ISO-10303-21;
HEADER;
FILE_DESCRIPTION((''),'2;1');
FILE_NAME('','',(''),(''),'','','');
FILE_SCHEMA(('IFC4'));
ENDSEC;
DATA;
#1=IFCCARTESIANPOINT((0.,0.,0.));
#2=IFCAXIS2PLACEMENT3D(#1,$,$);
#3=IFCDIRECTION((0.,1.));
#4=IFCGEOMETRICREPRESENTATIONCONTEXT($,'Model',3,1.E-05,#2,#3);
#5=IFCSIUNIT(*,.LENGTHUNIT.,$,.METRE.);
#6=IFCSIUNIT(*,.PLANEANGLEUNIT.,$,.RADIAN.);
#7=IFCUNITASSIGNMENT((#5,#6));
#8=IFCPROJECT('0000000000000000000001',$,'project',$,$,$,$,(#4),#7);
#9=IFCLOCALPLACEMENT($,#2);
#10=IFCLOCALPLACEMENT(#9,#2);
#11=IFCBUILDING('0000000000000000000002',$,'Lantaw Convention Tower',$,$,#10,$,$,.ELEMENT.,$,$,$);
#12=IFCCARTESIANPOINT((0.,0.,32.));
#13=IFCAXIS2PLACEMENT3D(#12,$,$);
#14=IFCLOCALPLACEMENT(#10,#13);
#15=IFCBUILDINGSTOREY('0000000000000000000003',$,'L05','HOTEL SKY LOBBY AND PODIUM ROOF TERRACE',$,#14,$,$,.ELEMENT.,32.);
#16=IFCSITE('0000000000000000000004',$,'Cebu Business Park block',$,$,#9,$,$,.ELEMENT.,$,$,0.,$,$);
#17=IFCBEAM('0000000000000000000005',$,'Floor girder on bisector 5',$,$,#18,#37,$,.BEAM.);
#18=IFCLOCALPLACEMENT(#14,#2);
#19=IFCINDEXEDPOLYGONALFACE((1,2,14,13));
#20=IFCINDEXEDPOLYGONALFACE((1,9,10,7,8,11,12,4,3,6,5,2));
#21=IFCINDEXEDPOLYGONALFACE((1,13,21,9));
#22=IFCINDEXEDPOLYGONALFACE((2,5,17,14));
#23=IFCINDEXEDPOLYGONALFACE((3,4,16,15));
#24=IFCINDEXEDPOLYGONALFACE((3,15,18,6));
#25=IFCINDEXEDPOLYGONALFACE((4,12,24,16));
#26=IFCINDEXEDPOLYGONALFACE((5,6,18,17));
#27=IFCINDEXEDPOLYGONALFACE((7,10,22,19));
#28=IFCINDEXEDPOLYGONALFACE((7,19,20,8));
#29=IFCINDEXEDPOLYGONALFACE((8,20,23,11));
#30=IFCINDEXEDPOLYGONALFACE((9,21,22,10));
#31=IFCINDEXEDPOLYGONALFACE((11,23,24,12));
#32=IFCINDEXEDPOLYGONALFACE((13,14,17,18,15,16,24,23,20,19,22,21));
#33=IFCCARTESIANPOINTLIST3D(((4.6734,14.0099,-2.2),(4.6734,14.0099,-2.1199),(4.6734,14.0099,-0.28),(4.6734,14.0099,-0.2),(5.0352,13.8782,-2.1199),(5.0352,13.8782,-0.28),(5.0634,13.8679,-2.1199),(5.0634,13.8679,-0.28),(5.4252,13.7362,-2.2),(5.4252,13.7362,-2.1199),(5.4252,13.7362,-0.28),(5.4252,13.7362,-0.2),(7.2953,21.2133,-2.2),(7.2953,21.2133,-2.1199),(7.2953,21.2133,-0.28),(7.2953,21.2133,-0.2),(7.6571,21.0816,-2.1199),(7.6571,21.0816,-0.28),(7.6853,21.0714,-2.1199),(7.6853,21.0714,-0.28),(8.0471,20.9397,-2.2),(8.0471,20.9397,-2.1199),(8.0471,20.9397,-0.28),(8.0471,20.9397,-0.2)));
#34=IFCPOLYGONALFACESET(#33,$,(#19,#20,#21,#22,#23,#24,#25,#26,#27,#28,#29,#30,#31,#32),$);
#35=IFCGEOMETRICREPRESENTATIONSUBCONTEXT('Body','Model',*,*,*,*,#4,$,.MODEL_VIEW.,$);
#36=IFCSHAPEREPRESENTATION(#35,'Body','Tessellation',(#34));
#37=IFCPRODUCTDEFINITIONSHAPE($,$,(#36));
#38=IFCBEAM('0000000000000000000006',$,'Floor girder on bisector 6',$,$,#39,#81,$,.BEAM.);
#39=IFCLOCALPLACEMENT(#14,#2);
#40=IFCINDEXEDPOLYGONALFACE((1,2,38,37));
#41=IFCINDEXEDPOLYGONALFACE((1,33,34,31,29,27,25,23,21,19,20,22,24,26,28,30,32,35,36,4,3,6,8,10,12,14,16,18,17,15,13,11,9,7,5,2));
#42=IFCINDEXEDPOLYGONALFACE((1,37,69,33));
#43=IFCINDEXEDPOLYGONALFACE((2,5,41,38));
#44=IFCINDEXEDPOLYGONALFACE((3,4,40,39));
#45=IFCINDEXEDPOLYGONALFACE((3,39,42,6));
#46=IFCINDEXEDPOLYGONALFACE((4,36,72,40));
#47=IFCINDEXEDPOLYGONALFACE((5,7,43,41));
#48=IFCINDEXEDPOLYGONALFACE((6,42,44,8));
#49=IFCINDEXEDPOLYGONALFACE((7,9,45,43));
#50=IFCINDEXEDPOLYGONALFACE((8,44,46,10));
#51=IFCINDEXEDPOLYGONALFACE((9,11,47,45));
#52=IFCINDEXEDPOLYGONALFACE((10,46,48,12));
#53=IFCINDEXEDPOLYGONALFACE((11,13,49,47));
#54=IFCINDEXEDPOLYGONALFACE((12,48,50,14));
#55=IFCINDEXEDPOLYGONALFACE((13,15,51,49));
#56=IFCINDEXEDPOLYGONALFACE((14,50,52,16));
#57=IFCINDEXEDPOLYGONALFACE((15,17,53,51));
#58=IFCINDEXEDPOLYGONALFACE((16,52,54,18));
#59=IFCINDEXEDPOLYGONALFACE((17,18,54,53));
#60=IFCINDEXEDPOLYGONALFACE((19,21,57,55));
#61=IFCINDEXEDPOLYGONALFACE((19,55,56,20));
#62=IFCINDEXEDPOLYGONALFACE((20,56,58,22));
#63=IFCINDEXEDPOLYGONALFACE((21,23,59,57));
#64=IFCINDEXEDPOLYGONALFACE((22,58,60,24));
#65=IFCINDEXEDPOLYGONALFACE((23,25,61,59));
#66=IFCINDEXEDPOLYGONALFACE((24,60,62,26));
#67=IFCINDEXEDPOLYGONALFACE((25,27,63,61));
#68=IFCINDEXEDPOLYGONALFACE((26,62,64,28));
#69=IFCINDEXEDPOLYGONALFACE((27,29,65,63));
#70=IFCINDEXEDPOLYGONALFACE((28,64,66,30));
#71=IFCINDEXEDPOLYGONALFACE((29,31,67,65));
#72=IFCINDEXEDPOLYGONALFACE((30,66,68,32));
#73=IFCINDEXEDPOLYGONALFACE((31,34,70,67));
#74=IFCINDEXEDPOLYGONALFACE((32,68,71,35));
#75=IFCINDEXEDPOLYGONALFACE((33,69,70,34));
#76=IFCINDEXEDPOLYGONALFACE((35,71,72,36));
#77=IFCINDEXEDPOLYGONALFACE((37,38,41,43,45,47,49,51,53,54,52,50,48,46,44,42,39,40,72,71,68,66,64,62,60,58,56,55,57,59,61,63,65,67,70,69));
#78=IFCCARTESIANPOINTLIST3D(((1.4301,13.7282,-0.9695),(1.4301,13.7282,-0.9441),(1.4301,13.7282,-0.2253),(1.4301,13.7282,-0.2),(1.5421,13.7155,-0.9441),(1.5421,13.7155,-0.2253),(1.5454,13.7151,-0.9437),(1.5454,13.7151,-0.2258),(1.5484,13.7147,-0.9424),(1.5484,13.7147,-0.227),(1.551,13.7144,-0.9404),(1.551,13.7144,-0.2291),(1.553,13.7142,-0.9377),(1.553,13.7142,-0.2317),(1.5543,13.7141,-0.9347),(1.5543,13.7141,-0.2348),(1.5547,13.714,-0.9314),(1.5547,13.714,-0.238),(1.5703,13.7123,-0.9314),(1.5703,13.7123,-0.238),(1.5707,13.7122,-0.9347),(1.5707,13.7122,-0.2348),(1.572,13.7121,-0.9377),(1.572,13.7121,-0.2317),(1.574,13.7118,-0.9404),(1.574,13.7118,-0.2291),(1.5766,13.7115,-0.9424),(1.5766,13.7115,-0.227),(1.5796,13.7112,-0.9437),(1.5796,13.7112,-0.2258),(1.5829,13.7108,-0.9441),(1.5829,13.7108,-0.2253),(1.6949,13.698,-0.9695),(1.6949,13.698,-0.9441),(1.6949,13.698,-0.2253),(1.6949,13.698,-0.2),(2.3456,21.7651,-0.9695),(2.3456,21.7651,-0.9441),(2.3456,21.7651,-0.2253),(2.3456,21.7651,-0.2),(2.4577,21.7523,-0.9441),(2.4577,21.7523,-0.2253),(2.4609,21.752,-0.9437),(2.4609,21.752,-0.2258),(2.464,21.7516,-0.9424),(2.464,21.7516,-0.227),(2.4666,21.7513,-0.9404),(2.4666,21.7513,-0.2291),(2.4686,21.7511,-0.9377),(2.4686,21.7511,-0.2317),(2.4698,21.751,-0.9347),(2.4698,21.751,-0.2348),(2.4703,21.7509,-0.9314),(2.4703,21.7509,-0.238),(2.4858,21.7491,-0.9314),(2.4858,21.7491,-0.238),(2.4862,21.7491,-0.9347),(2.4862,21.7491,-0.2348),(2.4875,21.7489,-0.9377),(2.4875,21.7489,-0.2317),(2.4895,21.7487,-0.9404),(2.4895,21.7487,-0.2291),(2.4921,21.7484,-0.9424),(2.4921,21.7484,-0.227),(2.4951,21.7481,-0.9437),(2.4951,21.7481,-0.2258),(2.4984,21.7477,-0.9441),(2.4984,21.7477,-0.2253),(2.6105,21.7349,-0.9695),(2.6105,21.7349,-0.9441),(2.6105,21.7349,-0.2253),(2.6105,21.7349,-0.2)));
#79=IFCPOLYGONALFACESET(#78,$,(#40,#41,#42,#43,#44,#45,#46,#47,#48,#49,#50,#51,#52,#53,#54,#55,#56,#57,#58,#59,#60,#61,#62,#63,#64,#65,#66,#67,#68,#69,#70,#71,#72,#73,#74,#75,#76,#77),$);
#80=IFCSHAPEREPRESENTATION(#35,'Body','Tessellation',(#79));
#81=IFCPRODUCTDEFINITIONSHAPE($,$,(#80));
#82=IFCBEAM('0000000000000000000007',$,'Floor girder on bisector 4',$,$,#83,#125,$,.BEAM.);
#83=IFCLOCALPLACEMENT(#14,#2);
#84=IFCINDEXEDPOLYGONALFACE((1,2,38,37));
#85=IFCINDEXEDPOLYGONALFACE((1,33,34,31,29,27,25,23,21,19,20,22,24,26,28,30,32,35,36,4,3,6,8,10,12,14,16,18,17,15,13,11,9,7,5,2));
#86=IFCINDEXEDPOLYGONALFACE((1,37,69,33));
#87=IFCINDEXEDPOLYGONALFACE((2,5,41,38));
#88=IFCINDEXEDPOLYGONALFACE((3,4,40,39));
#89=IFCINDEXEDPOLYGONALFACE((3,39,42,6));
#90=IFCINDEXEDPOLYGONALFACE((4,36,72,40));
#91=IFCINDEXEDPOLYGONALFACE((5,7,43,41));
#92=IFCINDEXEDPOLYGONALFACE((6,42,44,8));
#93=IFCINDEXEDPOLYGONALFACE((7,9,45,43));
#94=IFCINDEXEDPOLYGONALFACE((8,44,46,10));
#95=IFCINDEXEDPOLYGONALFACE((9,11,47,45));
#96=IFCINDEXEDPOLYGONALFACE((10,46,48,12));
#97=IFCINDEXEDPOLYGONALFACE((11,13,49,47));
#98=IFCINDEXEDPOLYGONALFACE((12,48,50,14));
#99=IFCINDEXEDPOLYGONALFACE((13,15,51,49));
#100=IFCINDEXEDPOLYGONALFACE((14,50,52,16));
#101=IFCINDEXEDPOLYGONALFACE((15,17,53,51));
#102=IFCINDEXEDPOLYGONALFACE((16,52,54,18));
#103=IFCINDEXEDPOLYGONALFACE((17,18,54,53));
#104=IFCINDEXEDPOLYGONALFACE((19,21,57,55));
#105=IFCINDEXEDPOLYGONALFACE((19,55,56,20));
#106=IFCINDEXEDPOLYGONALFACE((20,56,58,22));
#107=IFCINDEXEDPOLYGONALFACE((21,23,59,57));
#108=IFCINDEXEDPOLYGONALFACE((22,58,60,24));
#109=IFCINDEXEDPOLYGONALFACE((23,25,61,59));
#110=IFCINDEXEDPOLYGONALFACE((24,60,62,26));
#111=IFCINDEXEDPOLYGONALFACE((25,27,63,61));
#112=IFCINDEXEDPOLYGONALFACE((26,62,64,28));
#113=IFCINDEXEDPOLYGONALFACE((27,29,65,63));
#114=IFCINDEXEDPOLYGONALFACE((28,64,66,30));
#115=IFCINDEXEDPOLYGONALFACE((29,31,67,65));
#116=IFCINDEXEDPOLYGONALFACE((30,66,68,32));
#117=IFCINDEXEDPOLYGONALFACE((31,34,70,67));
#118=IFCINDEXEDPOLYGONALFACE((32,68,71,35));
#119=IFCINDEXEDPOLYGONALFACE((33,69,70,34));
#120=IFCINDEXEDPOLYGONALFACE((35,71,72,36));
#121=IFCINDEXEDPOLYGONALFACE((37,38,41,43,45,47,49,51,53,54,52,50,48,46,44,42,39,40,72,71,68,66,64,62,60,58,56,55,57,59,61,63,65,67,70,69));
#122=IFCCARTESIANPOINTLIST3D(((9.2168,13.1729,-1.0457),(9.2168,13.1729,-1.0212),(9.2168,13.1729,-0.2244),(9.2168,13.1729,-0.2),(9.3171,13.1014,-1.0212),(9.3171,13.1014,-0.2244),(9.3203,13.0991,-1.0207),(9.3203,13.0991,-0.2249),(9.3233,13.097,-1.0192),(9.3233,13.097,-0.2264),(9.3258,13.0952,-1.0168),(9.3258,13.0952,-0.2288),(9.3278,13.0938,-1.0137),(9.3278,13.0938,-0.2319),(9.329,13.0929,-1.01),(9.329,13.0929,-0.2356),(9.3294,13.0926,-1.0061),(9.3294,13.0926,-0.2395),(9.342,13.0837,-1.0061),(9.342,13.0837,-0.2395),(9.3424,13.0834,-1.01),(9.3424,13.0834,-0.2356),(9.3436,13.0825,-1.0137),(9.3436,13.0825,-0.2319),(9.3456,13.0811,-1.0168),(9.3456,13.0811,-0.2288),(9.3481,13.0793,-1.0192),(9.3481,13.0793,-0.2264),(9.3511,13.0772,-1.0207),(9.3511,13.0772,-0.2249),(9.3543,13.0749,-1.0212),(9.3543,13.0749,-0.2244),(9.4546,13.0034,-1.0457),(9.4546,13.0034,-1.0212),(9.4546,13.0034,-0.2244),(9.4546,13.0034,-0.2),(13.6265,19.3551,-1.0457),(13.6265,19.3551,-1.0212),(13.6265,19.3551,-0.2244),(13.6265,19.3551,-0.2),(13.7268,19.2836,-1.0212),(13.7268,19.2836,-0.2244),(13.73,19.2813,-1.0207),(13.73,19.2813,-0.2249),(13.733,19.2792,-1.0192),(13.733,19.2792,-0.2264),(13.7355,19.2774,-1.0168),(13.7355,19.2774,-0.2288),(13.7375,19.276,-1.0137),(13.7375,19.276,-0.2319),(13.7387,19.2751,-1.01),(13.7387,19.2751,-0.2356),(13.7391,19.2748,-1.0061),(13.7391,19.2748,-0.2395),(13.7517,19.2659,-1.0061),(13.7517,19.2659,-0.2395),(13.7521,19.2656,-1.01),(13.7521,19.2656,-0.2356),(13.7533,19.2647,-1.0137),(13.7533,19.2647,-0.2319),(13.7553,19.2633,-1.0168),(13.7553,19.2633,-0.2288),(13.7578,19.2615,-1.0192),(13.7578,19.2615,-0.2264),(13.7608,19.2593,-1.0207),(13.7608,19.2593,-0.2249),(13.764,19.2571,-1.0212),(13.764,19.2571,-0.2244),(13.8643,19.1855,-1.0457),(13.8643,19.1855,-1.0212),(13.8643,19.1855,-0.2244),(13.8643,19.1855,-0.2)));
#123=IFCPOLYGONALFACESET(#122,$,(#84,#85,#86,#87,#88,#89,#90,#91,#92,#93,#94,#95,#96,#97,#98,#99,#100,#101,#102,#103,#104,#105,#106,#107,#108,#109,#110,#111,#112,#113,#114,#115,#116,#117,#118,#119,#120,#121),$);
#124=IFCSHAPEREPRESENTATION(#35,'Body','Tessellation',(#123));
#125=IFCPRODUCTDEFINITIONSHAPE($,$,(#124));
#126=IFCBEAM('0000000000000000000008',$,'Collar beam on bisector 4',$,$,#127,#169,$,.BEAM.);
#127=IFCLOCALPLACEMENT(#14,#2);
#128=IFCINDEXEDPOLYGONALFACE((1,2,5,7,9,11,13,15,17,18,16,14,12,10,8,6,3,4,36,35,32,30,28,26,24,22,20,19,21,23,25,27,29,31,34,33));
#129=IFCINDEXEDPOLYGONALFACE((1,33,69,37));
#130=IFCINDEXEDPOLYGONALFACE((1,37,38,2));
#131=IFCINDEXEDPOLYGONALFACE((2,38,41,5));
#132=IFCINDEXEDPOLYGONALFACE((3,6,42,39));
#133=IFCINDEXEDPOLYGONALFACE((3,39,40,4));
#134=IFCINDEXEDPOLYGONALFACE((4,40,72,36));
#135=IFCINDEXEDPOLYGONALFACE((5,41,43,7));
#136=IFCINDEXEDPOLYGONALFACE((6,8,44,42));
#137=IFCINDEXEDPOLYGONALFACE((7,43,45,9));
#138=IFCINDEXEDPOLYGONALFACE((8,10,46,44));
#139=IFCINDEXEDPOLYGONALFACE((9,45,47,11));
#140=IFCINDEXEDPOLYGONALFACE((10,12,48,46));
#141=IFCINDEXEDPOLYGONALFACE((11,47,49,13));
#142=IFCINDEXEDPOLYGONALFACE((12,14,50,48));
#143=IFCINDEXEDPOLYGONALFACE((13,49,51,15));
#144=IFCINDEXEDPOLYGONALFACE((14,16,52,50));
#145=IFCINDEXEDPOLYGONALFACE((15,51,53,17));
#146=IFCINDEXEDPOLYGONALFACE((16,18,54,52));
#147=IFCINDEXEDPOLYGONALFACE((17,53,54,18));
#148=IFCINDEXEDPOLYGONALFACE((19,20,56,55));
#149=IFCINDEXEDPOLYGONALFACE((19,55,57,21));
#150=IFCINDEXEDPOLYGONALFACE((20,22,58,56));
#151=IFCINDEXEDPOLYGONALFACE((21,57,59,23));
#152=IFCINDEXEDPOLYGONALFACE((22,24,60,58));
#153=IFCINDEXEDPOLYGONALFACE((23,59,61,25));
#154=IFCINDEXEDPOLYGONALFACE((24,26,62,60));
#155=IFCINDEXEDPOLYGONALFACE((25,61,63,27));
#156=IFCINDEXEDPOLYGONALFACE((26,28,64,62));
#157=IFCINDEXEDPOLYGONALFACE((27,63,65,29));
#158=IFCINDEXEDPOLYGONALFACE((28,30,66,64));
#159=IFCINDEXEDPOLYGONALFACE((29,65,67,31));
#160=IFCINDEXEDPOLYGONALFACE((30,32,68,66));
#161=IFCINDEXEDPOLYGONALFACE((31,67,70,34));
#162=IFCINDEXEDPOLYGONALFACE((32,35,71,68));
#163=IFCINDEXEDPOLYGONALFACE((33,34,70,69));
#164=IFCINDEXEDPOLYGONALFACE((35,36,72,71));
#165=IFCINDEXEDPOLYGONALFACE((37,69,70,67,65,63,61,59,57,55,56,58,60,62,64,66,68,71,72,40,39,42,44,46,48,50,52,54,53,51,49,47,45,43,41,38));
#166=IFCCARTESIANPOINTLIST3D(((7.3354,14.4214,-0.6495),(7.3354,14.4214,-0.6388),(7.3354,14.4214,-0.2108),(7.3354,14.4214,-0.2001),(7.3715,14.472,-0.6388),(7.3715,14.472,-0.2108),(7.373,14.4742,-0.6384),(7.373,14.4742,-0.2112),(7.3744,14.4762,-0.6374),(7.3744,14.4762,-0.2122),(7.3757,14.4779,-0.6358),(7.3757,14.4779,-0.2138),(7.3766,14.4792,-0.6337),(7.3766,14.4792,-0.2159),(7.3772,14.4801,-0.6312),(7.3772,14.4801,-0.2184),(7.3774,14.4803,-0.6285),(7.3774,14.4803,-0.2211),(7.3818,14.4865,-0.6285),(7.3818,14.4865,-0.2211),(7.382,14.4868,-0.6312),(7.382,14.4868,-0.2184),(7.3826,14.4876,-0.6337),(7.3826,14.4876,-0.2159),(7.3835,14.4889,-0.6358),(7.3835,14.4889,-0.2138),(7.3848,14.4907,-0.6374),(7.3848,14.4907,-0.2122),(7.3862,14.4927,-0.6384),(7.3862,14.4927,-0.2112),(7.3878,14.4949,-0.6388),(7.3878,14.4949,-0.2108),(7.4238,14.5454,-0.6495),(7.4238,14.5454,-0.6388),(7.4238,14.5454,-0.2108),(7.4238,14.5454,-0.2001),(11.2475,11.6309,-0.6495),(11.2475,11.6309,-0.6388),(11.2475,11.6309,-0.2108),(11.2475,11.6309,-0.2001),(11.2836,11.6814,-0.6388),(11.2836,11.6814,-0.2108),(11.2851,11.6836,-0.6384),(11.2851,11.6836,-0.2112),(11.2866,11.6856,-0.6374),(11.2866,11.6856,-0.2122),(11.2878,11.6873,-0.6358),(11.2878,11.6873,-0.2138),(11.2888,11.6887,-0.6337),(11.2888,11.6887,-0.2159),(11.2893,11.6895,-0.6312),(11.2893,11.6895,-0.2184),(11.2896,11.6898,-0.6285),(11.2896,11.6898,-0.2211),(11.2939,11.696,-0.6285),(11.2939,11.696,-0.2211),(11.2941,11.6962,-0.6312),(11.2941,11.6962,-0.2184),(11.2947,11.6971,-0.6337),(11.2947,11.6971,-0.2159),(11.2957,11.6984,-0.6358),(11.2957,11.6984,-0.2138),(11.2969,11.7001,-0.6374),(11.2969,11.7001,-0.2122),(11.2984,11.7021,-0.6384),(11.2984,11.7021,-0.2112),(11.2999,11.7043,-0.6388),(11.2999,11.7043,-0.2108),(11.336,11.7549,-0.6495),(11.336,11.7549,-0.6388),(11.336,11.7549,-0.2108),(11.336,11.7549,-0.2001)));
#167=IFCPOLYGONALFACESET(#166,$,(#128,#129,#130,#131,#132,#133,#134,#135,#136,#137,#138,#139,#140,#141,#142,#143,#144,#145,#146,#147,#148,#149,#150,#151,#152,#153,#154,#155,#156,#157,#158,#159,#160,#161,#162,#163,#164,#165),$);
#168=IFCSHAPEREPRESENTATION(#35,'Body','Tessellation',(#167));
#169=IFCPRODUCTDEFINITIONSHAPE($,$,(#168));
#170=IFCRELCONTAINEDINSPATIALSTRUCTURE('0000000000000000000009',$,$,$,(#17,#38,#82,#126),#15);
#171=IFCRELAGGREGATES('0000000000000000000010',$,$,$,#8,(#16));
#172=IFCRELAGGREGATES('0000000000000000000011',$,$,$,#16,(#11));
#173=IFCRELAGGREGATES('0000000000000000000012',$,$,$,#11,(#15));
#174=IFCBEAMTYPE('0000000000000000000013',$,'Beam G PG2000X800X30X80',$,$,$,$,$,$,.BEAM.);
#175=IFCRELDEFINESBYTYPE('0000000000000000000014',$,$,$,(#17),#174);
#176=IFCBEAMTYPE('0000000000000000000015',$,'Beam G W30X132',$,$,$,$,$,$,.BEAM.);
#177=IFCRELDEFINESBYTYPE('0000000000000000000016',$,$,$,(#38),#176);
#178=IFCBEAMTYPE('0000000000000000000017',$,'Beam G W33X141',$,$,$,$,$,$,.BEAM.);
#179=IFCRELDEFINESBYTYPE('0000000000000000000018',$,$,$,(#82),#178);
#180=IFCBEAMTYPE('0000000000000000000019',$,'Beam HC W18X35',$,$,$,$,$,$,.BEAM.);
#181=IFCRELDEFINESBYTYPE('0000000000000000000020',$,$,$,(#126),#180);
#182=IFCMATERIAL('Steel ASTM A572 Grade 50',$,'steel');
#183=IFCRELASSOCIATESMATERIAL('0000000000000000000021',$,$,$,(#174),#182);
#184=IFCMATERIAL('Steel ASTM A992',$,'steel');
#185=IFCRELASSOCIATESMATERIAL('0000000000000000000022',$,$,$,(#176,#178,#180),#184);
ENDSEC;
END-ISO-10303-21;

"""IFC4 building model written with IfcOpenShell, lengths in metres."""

from ifc_helpers import new_model, si_unit, direction, frame, origin, origin_2d, place, context, subcontext, project, spatial, i_section, extrude, material, material_profile, profile_set, type_object, element, save


model = new_model("IFC4")

# Units and contexts
model_context = context("Model", 3, precision=1e-05, world=origin(), true_north=direction((0.0, 1.0)))
body_context = subcontext(model_context, "Body", "Model", "MODEL_VIEW")
ifc_project = project(units=[si_unit("LENGTHUNIT", "METRE"), si_unit("PLANEANGLEUNIT", "RADIAN")], contexts=[model_context])

# Site, building, storey
site_placement = place(None, origin())
site = spatial("IfcSite", under=ifc_project, at=site_placement, Name="Cebu Business Park block", CompositionType="ELEMENT", RefElevation=0.0)
building_placement = place(site_placement, origin())
building = spatial("IfcBuilding", under=site, at=building_placement, Name="Lantaw Convention Tower", CompositionType="ELEMENT")
storey_placement = place(building_placement, frame((0.0, 0.0, 32.0)))
storey = spatial("IfcBuildingStorey", under=building, at=storey_placement, Name="L05", Description="HOTEL SKY LOBBY AND PODIUM ROOF TERRACE", CompositionType="ELEMENT", Elevation=32.0)

# Beams
ifc_material_1 = material(Name="Steel ASTM A992", Category="steel")
ifc_material_2 = material(Name="Steel ASTM A572 Grade 50", Category="steel")
ifc_material_profile_1 = material_profile(ifc_material_2, i_section(OverallWidth=0.8, OverallDepth=2.0, WebThickness=0.03, FlangeThickness=0.0801, at=origin_2d()), Name="PG2000X800X30X80")
ifc_profile_set_1 = profile_set([ifc_material_profile_1], Name="Steel ASTM A572 Grade 50")
beam_type_1 = type_object("IfcBeamType", Name="Beam G PG2000X800X30X80", PredefinedType="BEAM", material=ifc_profile_set_1)
beam_1_placement = place(storey_placement, frame((5.0493, 13.873, -1.2), z_axis=(0.342022, 0.939692, 0.0), x_axis=(-0.939692, 0.342022, 0.0)))
element("IfcBeam", 1, at=beam_1_placement, inside=storey, type_object=beam_type_1, Name="Floor girder on bisector 5", PredefinedType="BEAM", context=body_context, shape_type="SweptSolid", body=[
    extrude(i_section(OverallWidth=0.8, OverallDepth=2.0, WebThickness=0.03, FlangeThickness=0.0801, at=origin_2d()), origin(), (0.0, 0.0, 1.0), 7.6658),
])
ifc_material_profile_2 = material_profile(ifc_material_1, i_section(OverallWidth=0.2666, OverallDepth=0.7695, WebThickness=0.0156, FlangeThickness=0.0254, FilletRadius=0.0127, at=origin_2d()), Name="W30X132")
ifc_profile_set_2 = profile_set([ifc_material_profile_2], Name="Steel ASTM A992")
beam_type_2 = type_object("IfcBeamType", Name="Beam G W30X132", PredefinedType="BEAM", material=ifc_profile_set_2)
beam_2_placement = place(storey_placement, frame((1.5625, 13.7131, -0.5847), z_axis=(0.113184, 0.993574, 0.0), x_axis=(-0.993574, 0.113184, 0.0)))
element("IfcBeam", 2, at=beam_2_placement, inside=storey, type_object=beam_type_2, Name="Floor girder on bisector 6", PredefinedType="BEAM", context=body_context, shape_type="SweptSolid", body=[
    extrude(i_section(OverallWidth=0.2666, OverallDepth=0.7695, WebThickness=0.0156, FlangeThickness=0.0254, FilletRadius=0.0127, at=origin_2d()), origin(), (0.0, 0.0, 1.0), 8.0889),
])
ifc_material_profile_3 = material_profile(ifc_material_1, i_section(OverallWidth=0.292, OverallDepth=0.8457, WebThickness=0.0154, FlangeThickness=0.0244, FilletRadius=0.0151, at=origin_2d()), Name="W33X141")
ifc_profile_set_3 = profile_set([ifc_material_profile_3], Name="Steel ASTM A992")
beam_type_3 = type_object("IfcBeamType", Name="Beam G W33X141", PredefinedType="BEAM", material=ifc_profile_set_3)
beam_3_placement = place(storey_placement, frame((9.3357, 13.0881, -0.6228), z_axis=(0.580703, 0.814116, 0.0), x_axis=(-0.814116, 0.580703, 0.0)))
element("IfcBeam", 3, at=beam_3_placement, inside=storey, type_object=beam_type_3, Name="Floor girder on bisector 4", PredefinedType="BEAM", context=body_context, shape_type="SweptSolid", body=[
    extrude(i_section(OverallWidth=0.292, OverallDepth=0.8457, WebThickness=0.0154, FlangeThickness=0.0244, FilletRadius=0.0151, at=origin_2d()), origin(), (0.0, 0.0, 1.0), 7.5938),
])
ifc_material_profile_4 = material_profile(ifc_material_1, i_section(OverallWidth=0.1523, OverallDepth=0.4495, WebThickness=0.0076, FlangeThickness=0.0107, FilletRadius=0.0103, at=origin_2d()), Name="W18X35")
ifc_profile_set_4 = profile_set([ifc_material_profile_4], Name="Steel ASTM A992")
beam_type_4 = type_object("IfcBeamType", Name="Beam HC W18X35", PredefinedType="BEAM", material=ifc_profile_set_4)
beam_4_placement = place(storey_placement, frame((11.2917, 11.6929, -0.4248), z_axis=(-0.814111, 0.580709, 0.0), x_axis=(-0.580709, -0.814111, 0.0)))
element("IfcBeam", 4, at=beam_4_placement, inside=storey, type_object=beam_type_4, Name="Collar beam on bisector 4", PredefinedType="BEAM", context=body_context, shape_type="SweptSolid", body=[
    extrude(i_section(OverallWidth=0.1523, OverallDepth=0.4495, WebThickness=0.0076, FlangeThickness=0.0107, FilletRadius=0.0103, at=origin_2d()), origin(), (0.0, 0.0, 1.0), 4.8054),
])

save(model, "model.ifc")
